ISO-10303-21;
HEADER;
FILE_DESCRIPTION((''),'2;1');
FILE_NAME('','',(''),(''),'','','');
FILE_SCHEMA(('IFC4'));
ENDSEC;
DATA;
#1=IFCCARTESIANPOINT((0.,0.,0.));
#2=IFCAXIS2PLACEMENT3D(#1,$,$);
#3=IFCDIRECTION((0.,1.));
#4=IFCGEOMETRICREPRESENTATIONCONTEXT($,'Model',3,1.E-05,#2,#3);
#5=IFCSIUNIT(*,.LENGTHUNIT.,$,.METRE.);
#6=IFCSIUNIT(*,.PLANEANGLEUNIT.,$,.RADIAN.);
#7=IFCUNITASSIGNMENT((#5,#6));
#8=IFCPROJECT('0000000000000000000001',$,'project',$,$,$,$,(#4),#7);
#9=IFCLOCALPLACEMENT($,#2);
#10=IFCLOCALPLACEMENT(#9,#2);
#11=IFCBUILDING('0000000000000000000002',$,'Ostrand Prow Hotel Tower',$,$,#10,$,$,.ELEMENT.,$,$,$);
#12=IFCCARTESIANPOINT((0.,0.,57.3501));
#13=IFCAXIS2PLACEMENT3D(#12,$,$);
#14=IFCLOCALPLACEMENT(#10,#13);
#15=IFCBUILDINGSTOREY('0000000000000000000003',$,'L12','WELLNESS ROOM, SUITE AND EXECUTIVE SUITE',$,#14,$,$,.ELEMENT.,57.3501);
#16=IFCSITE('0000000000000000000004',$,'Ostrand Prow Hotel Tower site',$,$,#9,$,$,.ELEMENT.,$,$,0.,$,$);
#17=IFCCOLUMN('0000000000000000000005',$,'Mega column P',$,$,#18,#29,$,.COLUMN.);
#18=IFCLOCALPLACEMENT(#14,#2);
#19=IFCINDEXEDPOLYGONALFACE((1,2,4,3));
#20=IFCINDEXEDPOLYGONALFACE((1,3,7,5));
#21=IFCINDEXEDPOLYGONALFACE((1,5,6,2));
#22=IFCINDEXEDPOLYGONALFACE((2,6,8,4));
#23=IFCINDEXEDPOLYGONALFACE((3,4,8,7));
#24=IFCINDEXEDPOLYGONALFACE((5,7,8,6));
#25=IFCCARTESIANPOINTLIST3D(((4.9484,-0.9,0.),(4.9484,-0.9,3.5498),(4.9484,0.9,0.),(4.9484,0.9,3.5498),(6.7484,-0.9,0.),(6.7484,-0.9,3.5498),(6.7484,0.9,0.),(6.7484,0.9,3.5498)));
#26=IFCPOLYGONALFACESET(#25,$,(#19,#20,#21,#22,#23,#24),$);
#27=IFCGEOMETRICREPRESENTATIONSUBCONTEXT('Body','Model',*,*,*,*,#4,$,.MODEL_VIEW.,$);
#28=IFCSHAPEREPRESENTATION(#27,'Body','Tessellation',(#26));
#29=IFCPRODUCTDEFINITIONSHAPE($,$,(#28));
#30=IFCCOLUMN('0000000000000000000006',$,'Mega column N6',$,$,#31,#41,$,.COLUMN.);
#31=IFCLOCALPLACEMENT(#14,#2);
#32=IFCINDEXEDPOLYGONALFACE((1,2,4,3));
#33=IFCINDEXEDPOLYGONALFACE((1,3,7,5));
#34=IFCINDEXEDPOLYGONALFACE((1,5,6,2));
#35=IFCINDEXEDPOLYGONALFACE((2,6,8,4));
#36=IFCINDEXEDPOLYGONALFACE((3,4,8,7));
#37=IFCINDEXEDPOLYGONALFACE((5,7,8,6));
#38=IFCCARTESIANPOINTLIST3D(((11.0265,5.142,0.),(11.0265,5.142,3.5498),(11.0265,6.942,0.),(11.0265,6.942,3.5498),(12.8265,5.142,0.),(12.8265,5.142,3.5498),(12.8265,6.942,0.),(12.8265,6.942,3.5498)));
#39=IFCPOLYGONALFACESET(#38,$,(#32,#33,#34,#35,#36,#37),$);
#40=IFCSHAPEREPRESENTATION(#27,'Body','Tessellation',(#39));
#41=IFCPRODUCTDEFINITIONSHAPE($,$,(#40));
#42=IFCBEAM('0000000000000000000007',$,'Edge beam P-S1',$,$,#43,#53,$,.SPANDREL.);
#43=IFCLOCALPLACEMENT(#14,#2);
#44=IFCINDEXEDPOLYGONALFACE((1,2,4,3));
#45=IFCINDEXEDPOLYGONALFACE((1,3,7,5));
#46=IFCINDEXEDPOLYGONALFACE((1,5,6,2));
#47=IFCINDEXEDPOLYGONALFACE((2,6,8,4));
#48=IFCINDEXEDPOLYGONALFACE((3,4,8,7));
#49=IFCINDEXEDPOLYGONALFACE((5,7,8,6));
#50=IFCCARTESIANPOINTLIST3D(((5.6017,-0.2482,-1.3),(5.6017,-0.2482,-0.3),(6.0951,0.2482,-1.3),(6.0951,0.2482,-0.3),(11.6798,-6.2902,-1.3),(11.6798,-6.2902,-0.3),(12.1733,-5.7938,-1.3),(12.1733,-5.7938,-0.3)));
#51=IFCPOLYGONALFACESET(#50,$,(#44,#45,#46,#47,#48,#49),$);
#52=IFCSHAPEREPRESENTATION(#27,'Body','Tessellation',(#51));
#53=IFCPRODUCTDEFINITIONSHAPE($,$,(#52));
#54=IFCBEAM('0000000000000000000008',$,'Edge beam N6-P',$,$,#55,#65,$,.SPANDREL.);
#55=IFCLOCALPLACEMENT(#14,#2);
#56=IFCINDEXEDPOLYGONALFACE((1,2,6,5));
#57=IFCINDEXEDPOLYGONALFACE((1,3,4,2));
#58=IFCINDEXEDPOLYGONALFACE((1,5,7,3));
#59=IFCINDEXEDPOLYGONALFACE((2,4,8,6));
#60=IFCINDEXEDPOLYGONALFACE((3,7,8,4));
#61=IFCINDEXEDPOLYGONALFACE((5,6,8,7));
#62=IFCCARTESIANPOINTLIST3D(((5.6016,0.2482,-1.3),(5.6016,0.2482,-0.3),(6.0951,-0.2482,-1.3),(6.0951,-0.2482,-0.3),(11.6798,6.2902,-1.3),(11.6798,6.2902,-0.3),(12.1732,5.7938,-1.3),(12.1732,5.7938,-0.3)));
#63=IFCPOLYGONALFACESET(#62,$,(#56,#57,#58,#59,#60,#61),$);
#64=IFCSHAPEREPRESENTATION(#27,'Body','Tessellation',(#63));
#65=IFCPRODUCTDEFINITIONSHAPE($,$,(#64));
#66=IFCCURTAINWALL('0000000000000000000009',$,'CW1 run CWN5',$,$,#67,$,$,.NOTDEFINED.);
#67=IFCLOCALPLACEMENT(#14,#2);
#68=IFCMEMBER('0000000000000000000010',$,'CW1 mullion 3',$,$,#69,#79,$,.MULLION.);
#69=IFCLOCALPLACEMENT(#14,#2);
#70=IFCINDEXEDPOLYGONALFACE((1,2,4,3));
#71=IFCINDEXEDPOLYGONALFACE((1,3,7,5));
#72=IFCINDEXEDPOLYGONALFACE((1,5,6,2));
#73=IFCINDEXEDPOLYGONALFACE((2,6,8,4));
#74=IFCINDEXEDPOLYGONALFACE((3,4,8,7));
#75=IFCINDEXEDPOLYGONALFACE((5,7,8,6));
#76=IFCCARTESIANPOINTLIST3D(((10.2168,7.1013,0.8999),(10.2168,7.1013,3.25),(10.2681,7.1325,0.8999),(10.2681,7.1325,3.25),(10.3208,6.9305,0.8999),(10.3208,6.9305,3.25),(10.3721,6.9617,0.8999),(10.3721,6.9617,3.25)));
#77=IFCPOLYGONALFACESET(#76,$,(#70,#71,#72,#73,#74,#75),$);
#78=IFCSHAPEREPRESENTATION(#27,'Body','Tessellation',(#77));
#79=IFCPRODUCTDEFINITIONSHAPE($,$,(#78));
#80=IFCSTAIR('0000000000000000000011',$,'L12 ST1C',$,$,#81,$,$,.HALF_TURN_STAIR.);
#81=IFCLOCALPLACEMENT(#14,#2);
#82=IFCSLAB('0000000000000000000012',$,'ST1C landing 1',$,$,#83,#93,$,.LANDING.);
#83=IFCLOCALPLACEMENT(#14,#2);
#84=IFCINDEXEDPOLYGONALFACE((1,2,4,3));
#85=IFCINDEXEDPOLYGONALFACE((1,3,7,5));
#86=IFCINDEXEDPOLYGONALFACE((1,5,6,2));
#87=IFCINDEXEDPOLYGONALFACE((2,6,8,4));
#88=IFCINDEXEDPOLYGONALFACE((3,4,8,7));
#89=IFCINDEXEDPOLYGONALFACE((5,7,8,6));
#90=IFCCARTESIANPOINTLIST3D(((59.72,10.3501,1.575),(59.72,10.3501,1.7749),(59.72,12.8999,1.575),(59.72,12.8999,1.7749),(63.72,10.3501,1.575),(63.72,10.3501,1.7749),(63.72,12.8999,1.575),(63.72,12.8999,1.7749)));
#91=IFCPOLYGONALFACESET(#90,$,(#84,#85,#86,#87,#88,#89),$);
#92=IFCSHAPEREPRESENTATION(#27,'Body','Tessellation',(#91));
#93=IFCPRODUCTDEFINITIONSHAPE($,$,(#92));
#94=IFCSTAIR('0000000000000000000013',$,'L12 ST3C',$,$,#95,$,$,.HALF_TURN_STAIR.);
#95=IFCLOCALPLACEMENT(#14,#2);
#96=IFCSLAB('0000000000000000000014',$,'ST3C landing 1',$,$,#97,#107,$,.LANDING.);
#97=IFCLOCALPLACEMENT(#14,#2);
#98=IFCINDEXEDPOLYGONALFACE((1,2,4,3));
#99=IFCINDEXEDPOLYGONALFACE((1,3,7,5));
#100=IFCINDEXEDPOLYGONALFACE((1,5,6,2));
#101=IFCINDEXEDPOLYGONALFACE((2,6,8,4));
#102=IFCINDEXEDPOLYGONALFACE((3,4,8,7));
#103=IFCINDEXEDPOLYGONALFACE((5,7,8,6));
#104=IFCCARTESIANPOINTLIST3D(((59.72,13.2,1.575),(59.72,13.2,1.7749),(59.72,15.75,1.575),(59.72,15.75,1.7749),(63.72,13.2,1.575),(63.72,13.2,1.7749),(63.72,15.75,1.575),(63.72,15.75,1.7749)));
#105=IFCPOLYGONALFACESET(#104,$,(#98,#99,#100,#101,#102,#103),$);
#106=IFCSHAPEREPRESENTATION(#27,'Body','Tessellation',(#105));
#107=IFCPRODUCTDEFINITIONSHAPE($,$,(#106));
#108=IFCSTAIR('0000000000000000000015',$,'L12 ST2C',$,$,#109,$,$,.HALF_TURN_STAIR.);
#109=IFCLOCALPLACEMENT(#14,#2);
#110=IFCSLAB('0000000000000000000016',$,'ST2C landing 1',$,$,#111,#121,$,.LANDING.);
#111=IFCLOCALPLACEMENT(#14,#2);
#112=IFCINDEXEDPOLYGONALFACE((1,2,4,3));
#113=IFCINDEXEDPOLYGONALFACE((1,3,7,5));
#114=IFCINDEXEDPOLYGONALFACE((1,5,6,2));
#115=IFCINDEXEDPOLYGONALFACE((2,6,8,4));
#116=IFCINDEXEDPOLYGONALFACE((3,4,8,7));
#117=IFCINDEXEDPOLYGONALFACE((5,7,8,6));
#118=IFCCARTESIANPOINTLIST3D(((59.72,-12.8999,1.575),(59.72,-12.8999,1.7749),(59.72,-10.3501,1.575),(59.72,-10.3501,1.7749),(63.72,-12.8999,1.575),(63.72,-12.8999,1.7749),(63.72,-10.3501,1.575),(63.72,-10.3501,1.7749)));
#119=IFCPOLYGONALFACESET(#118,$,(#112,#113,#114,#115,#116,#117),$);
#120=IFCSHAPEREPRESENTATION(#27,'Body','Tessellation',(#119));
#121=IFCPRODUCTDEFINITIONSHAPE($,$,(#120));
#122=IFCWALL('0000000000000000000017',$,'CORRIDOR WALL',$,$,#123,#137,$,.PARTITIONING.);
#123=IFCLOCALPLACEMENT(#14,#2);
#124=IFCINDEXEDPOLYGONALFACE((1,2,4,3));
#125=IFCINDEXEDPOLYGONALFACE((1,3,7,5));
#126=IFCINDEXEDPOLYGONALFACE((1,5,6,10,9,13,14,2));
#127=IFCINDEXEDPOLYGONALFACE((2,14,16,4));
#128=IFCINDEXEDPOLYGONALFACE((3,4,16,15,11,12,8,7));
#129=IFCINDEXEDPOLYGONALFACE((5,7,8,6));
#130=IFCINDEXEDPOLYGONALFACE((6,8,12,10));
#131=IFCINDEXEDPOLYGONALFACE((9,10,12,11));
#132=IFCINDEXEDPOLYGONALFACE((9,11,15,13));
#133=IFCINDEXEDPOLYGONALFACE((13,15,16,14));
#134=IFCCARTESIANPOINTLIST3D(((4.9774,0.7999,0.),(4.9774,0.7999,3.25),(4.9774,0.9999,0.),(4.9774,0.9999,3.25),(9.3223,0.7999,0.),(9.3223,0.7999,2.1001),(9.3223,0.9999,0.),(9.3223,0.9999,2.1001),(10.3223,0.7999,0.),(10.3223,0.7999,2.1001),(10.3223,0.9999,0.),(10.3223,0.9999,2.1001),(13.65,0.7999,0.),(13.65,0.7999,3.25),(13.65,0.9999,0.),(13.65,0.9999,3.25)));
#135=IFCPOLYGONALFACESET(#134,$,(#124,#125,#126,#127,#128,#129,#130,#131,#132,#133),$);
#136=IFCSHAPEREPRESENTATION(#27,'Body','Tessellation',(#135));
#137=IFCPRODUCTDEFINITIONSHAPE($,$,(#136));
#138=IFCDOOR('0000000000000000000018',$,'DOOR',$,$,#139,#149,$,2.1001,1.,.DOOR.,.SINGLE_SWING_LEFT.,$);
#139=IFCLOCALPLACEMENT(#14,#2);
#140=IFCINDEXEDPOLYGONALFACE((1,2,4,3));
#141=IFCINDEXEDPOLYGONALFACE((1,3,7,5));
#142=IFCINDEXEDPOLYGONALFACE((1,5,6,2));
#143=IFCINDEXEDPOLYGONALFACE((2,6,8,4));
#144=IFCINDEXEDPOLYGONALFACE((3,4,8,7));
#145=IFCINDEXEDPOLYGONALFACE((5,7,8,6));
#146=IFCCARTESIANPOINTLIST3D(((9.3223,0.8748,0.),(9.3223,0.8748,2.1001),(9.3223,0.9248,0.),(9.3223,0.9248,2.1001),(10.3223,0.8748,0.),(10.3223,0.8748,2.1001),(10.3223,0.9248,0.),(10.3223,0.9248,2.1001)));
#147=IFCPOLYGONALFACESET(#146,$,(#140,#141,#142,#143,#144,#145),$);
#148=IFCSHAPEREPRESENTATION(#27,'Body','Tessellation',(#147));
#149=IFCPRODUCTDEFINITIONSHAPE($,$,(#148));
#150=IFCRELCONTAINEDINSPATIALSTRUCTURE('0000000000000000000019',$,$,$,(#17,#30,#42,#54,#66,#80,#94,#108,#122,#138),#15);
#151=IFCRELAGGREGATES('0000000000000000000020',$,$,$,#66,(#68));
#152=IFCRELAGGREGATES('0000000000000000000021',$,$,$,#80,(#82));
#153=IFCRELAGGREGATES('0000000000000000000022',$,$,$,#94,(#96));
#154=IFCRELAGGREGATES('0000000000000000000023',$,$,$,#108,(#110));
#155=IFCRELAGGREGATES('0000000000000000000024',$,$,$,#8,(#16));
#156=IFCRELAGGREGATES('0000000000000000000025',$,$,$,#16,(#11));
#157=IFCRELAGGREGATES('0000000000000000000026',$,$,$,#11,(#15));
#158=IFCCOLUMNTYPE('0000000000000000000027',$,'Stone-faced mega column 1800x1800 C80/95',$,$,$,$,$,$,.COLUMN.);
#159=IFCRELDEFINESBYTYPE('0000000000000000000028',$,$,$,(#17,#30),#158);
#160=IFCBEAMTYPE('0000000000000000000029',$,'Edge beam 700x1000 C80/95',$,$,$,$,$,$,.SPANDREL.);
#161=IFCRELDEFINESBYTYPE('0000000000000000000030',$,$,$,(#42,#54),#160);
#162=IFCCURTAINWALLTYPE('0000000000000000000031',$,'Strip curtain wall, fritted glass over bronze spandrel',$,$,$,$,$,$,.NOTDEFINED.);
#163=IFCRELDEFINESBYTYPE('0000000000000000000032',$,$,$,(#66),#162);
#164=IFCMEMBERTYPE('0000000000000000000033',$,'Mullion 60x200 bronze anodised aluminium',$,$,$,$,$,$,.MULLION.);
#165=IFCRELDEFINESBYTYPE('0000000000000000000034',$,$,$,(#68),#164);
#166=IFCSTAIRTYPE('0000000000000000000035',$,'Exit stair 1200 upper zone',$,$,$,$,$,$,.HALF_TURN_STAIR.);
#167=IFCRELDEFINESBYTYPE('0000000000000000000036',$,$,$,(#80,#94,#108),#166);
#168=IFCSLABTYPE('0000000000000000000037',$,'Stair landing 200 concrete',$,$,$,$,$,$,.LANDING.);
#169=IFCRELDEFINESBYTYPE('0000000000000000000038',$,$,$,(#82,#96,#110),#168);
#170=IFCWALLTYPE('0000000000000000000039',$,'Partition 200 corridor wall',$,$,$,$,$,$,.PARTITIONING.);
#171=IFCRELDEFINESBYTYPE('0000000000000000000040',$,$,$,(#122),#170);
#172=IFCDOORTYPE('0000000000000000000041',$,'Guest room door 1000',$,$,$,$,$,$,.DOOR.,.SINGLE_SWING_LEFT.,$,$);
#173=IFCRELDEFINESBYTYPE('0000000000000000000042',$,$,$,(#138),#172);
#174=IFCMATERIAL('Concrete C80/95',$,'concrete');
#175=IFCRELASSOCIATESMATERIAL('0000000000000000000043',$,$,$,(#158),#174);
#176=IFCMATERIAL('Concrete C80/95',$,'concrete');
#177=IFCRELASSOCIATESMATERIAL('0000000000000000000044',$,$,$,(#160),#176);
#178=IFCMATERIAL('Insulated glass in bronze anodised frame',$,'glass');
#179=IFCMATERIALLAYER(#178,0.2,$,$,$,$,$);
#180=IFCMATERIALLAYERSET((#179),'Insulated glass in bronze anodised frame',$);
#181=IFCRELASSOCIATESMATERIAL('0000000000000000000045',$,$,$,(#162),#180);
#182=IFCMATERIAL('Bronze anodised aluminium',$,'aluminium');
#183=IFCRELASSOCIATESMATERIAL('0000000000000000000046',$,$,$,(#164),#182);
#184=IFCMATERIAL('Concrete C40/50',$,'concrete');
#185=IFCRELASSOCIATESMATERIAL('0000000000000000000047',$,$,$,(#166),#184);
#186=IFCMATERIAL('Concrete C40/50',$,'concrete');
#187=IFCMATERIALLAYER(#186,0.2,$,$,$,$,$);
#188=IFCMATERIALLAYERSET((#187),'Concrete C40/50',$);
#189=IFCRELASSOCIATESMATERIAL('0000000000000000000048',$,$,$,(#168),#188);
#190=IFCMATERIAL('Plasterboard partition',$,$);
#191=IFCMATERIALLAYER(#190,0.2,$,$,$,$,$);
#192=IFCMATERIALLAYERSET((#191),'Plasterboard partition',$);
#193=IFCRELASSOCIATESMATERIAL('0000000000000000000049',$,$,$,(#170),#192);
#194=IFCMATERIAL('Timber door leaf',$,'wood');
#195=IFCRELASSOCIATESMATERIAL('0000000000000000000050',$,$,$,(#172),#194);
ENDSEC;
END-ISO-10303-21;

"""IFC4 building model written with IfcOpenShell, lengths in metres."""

from ifc_helpers import new_model, si_unit, direction, frame, frame_2d, origin, origin_2d, place, context, subcontext, project, spatial, polyline, rectangle, outline, extrude, material, layer, layer_set, material_profile, profile_set, type_object, element, fill, aggregate, save


model = new_model("IFC4")

# Units and contexts
model_context = context("Model", 3, precision=1e-05, world=origin(), true_north=direction((0.0, 1.0)))
body_context = subcontext(model_context, "Body", "Model", "MODEL_VIEW")
ifc_project = project(units=[si_unit("LENGTHUNIT", "METRE"), si_unit("PLANEANGLEUNIT", "RADIAN")], contexts=[model_context])

# Site, building, storey
site_placement = place(None, origin())
site = spatial("IfcSite", under=ifc_project, at=site_placement, Name="Ostrand Prow Hotel Tower site", CompositionType="ELEMENT", RefElevation=0.0)
building_placement = place(site_placement, origin())
building = spatial("IfcBuilding", under=site, at=building_placement, Name="Ostrand Prow Hotel Tower", CompositionType="ELEMENT")
storey_placement = place(building_placement, frame((0.0, 0.0, 57.3501)))
storey = spatial("IfcBuildingStorey", under=building, at=storey_placement, Name="L12", Description="WELLNESS ROOM, SUITE AND EXECUTIVE SUITE", CompositionType="ELEMENT", Elevation=57.3501)

# Columns
ifc_material_1 = material(Name="Concrete C80/95", Category="concrete")
ifc_material_profile_1 = material_profile(ifc_material_1, rectangle(XDim=1.8, YDim=1.8, at=origin_2d()), Name="RC 1800x1800")
ifc_profile_set_1 = profile_set([ifc_material_profile_1], Name="Concrete C80/95")
column_type = type_object("IfcColumnType", Name="Stone-faced mega column 1800x1800 C80/95", PredefinedType="COLUMN", material=ifc_profile_set_1)
for number, where, z_axis, x_axis, name in (
    (1, (5.8484, 0.0, 0.0), (0.0, 0.0, 1.0), (1.0, 0.0, 0.0), "Mega column P"),
    (2, (11.9265, 6.042, 0.0), (0.0, 0.0, 1.0), (1.0, 0.0, 0.0), "Mega column N6"),
):
    element("IfcColumn", number, at=place(storey_placement, frame(where, z_axis=z_axis, x_axis=x_axis)), inside=storey, type_object=column_type, Name=name, PredefinedType="COLUMN", context=body_context, shape_type="SweptSolid", body=[
        extrude(rectangle(XDim=1.8, YDim=1.8, at=origin_2d()), origin(), (0.0, 0.0, 1.0), 3.5498),
    ])

# Beams
ifc_material_2 = material(Name="Concrete C80/95", Category="concrete")
ifc_material_profile_2 = material_profile(ifc_material_2, rectangle(XDim=0.7, YDim=1.0, at=origin_2d()), Name="RC 700x1000")
ifc_profile_set_2 = profile_set([ifc_material_profile_2], Name="Concrete C80/95")
beam_type = type_object("IfcBeamType", Name="Edge beam 700x1000 C80/95", PredefinedType="SPANDREL", material=ifc_profile_set_2)
for number, where, z_axis, x_axis, name in (
    (3, (5.8484, 0.0, -0.8), (0.709212, -0.704996, 0.0), (0.704996, 0.709212, 0.0), "Edge beam P-S1"),
    (4, (11.9265, 6.042, -0.8), (-0.709212, -0.704996, 0.0), (0.704996, -0.709212, 0.0), "Edge beam N6-P"),
):
    element("IfcBeam", number, at=place(storey_placement, frame(where, z_axis=z_axis, x_axis=x_axis)), inside=storey, type_object=beam_type, Name=name, PredefinedType="SPANDREL", context=body_context, shape_type="SweptSolid", body=[
        extrude(rectangle(XDim=0.7, YDim=1.0, at=origin_2d()), origin(), (0.0, 0.0, 1.0), 8.5703),
    ])

# Curtain wall, member
ifc_material_3 = material(Name="Insulated glass in bronze anodised frame", Category="glass")
ifc_layer_1 = layer(ifc_material_3, 0.2)
ifc_layer_set_1 = layer_set([ifc_layer_1], Name="Insulated glass in bronze anodised frame")
curtain_wall_type = type_object("IfcCurtainWallType", Name="Strip curtain wall, fritted glass over bronze spandrel", PredefinedType="NOTDEFINED", material=ifc_layer_set_1)
curtain_wall_placement = place(storey_placement, origin())
curtain_wall = element("IfcCurtainWall", 5, at=curtain_wall_placement, inside=storey, type_object=curtain_wall_type, Name="CW1 run CWN5", PredefinedType="NOTDEFINED")
ifc_material_4 = material(Name="Bronze anodised aluminium", Category="aluminium")
ifc_material_profile_3 = material_profile(ifc_material_4, rectangle(XDim=0.2, YDim=0.0601, at=origin_2d()), Name="Mullion 60x200 bronze anodised aluminium")
ifc_profile_set_3 = profile_set([ifc_material_profile_3], Name="Bronze anodised aluminium")
member_type = type_object("IfcMemberType", Name="Mullion 60x200 bronze anodised aluminium", PredefinedType="MULLION", material=ifc_profile_set_3)
member_placement = place(storey_placement, frame((10.2944, 7.0315, 0.8999), z_axis=(0.0, 0.0, 1.0), x_axis=(0.519831, -0.854269, 0.0)))
member = element("IfcMember", 6, at=member_placement, type_object=member_type, Name="CW1 mullion 3", PredefinedType="MULLION", context=body_context, shape_type="SweptSolid", body=[
    extrude(rectangle(XDim=0.2, YDim=0.0601, at=origin_2d()), origin(), (0.0, 0.0, 1.0), 2.3501),
])
aggregate(curtain_wall, [member])

# Stairs, slabs
ifc_material_5 = material(Name="Concrete C40/50", Category="concrete")
stair_type = type_object("IfcStairType", Name="Exit stair 1200 upper zone", PredefinedType="HALF_TURN_STAIR", material=ifc_material_5)
stair_1_placement = place(storey_placement, origin())
stair_1 = element("IfcStair", 7, at=stair_1_placement, inside=storey, type_object=stair_type, Name="L12 ST1C", PredefinedType="HALF_TURN_STAIR")
ifc_material_6 = material(Name="Concrete C40/50", Category="concrete")
ifc_layer_2 = layer(ifc_material_6, 0.2)
ifc_layer_set_2 = layer_set([ifc_layer_2], Name="Concrete C40/50")
slab_type = type_object("IfcSlabType", Name="Stair landing 200 concrete", PredefinedType="LANDING", material=ifc_layer_set_2)
slab_1_placement = place(storey_placement, frame((0.0, 0.0, 1.575)))
slab_1 = element("IfcSlab", 8, at=slab_1_placement, type_object=slab_type, Name="ST1C landing 1", PredefinedType="LANDING", context=body_context, shape_type="SweptSolid", body=[
    extrude(outline(polyline([(59.72, 10.3501), (63.72, 10.3501), (63.72, 12.8999), (59.72, 12.8999), (59.72, 10.3501)])), origin(), (0.0, 0.0, 1.0), 0.2),
])
aggregate(stair_1, [slab_1])
stair_2_placement = place(storey_placement, origin())
stair_2 = element("IfcStair", 9, at=stair_2_placement, inside=storey, type_object=stair_type, Name="L12 ST3C", PredefinedType="HALF_TURN_STAIR")
slab_2_placement = place(storey_placement, frame((0.0, 0.0, 1.575)))
slab_2 = element("IfcSlab", 10, at=slab_2_placement, type_object=slab_type, Name="ST3C landing 1", PredefinedType="LANDING", context=body_context, shape_type="SweptSolid", body=[
    extrude(outline(polyline([(59.72, 13.2), (63.72, 13.2), (63.72, 15.75), (59.72, 15.75), (59.72, 13.2)])), origin(), (0.0, 0.0, 1.0), 0.2),
])
aggregate(stair_2, [slab_2])
stair_3_placement = place(storey_placement, origin())
stair_3 = element("IfcStair", 11, at=stair_3_placement, inside=storey, type_object=stair_type, Name="L12 ST2C", PredefinedType="HALF_TURN_STAIR")
slab_3_placement = place(storey_placement, frame((0.0, 0.0, 1.575)))
slab_3 = element("IfcSlab", 12, at=slab_3_placement, type_object=slab_type, Name="ST2C landing 1", PredefinedType="LANDING", context=body_context, shape_type="SweptSolid", body=[
    extrude(outline(polyline([(59.72, -12.8999), (63.72, -12.8999), (63.72, -10.3501), (59.72, -10.3501), (59.72, -12.8999)])), origin(), (0.0, 0.0, 1.0), 0.2),
])
aggregate(stair_3, [slab_3])

# Wall, opening, door
ifc_material_7 = material(Name="Plasterboard partition")
ifc_layer_3 = layer(ifc_material_7, 0.2)
ifc_layer_set_3 = layer_set([ifc_layer_3], Name="Plasterboard partition")
wall_type_1 = type_object("IfcWallType", Name="Partition 200 corridor wall", PredefinedType="PARTITIONING", material=ifc_layer_set_3)
wall_1_placement = place(storey_placement, frame((4.9773, 0.8999, 0.0), z_axis=(0.0, 0.0, 1.0), x_axis=(1.0, 0.0, 0.0)))
wall_1 = element("IfcWall", 13, at=wall_1_placement, inside=storey, type_object=wall_type_1, Name="CORRIDOR WALL", PredefinedType="PARTITIONING", context=body_context, shape_type="SweptSolid", body=[
    extrude(rectangle(XDim=8.6726, YDim=0.2, at=frame_2d((4.3364, 0.0))), origin(), (0.0, 0.0, 1.0), 3.25),
])
opening_1_placement = place(wall_1_placement, frame((4.345, 0.0, 0.0)))
opening_1 = element("IfcOpeningElement", 14, at=opening_1_placement, cuts=wall_1, PredefinedType="OPENING", context=body_context, shape_type="SweptSolid", body=[
    extrude(rectangle(XDim=1.0, YDim=2.1001, at=frame_2d((0.5, 1.05))), frame((0.0, 0.1099, 0.0), z_axis=(0.0, -1.0, 0.0), x_axis=(1.0, 0.0, 0.0)), (0.0, 0.0, 1.0), 0.22),
])
ifc_material_8 = material(Name="Timber door leaf", Category="wood")
door_type = type_object("IfcDoorType", Name="Guest room door 1000", OperationType="SINGLE_SWING_LEFT", PredefinedType="DOOR", material=ifc_material_8)
door_placement = place(opening_1_placement, origin())
door = element("IfcDoor", 15, at=door_placement, inside=storey, type_object=door_type, Name="DOOR", OperationType="SINGLE_SWING_LEFT", OverallHeight=2.1001, OverallWidth=1.0, PredefinedType="DOOR", context=body_context, shape_type="SweptSolid", body=[
    extrude(rectangle(XDim=1.0, YDim=2.1001, at=frame_2d((0.5, 1.05))), frame((0.0, 0.0249, 0.0), z_axis=(0.0, -1.0, 0.0), x_axis=(1.0, 0.0, 0.0)), (0.0, 0.0, 1.0), 0.05),
])
fill(opening_1, door)

save(model, "model.ifc")
